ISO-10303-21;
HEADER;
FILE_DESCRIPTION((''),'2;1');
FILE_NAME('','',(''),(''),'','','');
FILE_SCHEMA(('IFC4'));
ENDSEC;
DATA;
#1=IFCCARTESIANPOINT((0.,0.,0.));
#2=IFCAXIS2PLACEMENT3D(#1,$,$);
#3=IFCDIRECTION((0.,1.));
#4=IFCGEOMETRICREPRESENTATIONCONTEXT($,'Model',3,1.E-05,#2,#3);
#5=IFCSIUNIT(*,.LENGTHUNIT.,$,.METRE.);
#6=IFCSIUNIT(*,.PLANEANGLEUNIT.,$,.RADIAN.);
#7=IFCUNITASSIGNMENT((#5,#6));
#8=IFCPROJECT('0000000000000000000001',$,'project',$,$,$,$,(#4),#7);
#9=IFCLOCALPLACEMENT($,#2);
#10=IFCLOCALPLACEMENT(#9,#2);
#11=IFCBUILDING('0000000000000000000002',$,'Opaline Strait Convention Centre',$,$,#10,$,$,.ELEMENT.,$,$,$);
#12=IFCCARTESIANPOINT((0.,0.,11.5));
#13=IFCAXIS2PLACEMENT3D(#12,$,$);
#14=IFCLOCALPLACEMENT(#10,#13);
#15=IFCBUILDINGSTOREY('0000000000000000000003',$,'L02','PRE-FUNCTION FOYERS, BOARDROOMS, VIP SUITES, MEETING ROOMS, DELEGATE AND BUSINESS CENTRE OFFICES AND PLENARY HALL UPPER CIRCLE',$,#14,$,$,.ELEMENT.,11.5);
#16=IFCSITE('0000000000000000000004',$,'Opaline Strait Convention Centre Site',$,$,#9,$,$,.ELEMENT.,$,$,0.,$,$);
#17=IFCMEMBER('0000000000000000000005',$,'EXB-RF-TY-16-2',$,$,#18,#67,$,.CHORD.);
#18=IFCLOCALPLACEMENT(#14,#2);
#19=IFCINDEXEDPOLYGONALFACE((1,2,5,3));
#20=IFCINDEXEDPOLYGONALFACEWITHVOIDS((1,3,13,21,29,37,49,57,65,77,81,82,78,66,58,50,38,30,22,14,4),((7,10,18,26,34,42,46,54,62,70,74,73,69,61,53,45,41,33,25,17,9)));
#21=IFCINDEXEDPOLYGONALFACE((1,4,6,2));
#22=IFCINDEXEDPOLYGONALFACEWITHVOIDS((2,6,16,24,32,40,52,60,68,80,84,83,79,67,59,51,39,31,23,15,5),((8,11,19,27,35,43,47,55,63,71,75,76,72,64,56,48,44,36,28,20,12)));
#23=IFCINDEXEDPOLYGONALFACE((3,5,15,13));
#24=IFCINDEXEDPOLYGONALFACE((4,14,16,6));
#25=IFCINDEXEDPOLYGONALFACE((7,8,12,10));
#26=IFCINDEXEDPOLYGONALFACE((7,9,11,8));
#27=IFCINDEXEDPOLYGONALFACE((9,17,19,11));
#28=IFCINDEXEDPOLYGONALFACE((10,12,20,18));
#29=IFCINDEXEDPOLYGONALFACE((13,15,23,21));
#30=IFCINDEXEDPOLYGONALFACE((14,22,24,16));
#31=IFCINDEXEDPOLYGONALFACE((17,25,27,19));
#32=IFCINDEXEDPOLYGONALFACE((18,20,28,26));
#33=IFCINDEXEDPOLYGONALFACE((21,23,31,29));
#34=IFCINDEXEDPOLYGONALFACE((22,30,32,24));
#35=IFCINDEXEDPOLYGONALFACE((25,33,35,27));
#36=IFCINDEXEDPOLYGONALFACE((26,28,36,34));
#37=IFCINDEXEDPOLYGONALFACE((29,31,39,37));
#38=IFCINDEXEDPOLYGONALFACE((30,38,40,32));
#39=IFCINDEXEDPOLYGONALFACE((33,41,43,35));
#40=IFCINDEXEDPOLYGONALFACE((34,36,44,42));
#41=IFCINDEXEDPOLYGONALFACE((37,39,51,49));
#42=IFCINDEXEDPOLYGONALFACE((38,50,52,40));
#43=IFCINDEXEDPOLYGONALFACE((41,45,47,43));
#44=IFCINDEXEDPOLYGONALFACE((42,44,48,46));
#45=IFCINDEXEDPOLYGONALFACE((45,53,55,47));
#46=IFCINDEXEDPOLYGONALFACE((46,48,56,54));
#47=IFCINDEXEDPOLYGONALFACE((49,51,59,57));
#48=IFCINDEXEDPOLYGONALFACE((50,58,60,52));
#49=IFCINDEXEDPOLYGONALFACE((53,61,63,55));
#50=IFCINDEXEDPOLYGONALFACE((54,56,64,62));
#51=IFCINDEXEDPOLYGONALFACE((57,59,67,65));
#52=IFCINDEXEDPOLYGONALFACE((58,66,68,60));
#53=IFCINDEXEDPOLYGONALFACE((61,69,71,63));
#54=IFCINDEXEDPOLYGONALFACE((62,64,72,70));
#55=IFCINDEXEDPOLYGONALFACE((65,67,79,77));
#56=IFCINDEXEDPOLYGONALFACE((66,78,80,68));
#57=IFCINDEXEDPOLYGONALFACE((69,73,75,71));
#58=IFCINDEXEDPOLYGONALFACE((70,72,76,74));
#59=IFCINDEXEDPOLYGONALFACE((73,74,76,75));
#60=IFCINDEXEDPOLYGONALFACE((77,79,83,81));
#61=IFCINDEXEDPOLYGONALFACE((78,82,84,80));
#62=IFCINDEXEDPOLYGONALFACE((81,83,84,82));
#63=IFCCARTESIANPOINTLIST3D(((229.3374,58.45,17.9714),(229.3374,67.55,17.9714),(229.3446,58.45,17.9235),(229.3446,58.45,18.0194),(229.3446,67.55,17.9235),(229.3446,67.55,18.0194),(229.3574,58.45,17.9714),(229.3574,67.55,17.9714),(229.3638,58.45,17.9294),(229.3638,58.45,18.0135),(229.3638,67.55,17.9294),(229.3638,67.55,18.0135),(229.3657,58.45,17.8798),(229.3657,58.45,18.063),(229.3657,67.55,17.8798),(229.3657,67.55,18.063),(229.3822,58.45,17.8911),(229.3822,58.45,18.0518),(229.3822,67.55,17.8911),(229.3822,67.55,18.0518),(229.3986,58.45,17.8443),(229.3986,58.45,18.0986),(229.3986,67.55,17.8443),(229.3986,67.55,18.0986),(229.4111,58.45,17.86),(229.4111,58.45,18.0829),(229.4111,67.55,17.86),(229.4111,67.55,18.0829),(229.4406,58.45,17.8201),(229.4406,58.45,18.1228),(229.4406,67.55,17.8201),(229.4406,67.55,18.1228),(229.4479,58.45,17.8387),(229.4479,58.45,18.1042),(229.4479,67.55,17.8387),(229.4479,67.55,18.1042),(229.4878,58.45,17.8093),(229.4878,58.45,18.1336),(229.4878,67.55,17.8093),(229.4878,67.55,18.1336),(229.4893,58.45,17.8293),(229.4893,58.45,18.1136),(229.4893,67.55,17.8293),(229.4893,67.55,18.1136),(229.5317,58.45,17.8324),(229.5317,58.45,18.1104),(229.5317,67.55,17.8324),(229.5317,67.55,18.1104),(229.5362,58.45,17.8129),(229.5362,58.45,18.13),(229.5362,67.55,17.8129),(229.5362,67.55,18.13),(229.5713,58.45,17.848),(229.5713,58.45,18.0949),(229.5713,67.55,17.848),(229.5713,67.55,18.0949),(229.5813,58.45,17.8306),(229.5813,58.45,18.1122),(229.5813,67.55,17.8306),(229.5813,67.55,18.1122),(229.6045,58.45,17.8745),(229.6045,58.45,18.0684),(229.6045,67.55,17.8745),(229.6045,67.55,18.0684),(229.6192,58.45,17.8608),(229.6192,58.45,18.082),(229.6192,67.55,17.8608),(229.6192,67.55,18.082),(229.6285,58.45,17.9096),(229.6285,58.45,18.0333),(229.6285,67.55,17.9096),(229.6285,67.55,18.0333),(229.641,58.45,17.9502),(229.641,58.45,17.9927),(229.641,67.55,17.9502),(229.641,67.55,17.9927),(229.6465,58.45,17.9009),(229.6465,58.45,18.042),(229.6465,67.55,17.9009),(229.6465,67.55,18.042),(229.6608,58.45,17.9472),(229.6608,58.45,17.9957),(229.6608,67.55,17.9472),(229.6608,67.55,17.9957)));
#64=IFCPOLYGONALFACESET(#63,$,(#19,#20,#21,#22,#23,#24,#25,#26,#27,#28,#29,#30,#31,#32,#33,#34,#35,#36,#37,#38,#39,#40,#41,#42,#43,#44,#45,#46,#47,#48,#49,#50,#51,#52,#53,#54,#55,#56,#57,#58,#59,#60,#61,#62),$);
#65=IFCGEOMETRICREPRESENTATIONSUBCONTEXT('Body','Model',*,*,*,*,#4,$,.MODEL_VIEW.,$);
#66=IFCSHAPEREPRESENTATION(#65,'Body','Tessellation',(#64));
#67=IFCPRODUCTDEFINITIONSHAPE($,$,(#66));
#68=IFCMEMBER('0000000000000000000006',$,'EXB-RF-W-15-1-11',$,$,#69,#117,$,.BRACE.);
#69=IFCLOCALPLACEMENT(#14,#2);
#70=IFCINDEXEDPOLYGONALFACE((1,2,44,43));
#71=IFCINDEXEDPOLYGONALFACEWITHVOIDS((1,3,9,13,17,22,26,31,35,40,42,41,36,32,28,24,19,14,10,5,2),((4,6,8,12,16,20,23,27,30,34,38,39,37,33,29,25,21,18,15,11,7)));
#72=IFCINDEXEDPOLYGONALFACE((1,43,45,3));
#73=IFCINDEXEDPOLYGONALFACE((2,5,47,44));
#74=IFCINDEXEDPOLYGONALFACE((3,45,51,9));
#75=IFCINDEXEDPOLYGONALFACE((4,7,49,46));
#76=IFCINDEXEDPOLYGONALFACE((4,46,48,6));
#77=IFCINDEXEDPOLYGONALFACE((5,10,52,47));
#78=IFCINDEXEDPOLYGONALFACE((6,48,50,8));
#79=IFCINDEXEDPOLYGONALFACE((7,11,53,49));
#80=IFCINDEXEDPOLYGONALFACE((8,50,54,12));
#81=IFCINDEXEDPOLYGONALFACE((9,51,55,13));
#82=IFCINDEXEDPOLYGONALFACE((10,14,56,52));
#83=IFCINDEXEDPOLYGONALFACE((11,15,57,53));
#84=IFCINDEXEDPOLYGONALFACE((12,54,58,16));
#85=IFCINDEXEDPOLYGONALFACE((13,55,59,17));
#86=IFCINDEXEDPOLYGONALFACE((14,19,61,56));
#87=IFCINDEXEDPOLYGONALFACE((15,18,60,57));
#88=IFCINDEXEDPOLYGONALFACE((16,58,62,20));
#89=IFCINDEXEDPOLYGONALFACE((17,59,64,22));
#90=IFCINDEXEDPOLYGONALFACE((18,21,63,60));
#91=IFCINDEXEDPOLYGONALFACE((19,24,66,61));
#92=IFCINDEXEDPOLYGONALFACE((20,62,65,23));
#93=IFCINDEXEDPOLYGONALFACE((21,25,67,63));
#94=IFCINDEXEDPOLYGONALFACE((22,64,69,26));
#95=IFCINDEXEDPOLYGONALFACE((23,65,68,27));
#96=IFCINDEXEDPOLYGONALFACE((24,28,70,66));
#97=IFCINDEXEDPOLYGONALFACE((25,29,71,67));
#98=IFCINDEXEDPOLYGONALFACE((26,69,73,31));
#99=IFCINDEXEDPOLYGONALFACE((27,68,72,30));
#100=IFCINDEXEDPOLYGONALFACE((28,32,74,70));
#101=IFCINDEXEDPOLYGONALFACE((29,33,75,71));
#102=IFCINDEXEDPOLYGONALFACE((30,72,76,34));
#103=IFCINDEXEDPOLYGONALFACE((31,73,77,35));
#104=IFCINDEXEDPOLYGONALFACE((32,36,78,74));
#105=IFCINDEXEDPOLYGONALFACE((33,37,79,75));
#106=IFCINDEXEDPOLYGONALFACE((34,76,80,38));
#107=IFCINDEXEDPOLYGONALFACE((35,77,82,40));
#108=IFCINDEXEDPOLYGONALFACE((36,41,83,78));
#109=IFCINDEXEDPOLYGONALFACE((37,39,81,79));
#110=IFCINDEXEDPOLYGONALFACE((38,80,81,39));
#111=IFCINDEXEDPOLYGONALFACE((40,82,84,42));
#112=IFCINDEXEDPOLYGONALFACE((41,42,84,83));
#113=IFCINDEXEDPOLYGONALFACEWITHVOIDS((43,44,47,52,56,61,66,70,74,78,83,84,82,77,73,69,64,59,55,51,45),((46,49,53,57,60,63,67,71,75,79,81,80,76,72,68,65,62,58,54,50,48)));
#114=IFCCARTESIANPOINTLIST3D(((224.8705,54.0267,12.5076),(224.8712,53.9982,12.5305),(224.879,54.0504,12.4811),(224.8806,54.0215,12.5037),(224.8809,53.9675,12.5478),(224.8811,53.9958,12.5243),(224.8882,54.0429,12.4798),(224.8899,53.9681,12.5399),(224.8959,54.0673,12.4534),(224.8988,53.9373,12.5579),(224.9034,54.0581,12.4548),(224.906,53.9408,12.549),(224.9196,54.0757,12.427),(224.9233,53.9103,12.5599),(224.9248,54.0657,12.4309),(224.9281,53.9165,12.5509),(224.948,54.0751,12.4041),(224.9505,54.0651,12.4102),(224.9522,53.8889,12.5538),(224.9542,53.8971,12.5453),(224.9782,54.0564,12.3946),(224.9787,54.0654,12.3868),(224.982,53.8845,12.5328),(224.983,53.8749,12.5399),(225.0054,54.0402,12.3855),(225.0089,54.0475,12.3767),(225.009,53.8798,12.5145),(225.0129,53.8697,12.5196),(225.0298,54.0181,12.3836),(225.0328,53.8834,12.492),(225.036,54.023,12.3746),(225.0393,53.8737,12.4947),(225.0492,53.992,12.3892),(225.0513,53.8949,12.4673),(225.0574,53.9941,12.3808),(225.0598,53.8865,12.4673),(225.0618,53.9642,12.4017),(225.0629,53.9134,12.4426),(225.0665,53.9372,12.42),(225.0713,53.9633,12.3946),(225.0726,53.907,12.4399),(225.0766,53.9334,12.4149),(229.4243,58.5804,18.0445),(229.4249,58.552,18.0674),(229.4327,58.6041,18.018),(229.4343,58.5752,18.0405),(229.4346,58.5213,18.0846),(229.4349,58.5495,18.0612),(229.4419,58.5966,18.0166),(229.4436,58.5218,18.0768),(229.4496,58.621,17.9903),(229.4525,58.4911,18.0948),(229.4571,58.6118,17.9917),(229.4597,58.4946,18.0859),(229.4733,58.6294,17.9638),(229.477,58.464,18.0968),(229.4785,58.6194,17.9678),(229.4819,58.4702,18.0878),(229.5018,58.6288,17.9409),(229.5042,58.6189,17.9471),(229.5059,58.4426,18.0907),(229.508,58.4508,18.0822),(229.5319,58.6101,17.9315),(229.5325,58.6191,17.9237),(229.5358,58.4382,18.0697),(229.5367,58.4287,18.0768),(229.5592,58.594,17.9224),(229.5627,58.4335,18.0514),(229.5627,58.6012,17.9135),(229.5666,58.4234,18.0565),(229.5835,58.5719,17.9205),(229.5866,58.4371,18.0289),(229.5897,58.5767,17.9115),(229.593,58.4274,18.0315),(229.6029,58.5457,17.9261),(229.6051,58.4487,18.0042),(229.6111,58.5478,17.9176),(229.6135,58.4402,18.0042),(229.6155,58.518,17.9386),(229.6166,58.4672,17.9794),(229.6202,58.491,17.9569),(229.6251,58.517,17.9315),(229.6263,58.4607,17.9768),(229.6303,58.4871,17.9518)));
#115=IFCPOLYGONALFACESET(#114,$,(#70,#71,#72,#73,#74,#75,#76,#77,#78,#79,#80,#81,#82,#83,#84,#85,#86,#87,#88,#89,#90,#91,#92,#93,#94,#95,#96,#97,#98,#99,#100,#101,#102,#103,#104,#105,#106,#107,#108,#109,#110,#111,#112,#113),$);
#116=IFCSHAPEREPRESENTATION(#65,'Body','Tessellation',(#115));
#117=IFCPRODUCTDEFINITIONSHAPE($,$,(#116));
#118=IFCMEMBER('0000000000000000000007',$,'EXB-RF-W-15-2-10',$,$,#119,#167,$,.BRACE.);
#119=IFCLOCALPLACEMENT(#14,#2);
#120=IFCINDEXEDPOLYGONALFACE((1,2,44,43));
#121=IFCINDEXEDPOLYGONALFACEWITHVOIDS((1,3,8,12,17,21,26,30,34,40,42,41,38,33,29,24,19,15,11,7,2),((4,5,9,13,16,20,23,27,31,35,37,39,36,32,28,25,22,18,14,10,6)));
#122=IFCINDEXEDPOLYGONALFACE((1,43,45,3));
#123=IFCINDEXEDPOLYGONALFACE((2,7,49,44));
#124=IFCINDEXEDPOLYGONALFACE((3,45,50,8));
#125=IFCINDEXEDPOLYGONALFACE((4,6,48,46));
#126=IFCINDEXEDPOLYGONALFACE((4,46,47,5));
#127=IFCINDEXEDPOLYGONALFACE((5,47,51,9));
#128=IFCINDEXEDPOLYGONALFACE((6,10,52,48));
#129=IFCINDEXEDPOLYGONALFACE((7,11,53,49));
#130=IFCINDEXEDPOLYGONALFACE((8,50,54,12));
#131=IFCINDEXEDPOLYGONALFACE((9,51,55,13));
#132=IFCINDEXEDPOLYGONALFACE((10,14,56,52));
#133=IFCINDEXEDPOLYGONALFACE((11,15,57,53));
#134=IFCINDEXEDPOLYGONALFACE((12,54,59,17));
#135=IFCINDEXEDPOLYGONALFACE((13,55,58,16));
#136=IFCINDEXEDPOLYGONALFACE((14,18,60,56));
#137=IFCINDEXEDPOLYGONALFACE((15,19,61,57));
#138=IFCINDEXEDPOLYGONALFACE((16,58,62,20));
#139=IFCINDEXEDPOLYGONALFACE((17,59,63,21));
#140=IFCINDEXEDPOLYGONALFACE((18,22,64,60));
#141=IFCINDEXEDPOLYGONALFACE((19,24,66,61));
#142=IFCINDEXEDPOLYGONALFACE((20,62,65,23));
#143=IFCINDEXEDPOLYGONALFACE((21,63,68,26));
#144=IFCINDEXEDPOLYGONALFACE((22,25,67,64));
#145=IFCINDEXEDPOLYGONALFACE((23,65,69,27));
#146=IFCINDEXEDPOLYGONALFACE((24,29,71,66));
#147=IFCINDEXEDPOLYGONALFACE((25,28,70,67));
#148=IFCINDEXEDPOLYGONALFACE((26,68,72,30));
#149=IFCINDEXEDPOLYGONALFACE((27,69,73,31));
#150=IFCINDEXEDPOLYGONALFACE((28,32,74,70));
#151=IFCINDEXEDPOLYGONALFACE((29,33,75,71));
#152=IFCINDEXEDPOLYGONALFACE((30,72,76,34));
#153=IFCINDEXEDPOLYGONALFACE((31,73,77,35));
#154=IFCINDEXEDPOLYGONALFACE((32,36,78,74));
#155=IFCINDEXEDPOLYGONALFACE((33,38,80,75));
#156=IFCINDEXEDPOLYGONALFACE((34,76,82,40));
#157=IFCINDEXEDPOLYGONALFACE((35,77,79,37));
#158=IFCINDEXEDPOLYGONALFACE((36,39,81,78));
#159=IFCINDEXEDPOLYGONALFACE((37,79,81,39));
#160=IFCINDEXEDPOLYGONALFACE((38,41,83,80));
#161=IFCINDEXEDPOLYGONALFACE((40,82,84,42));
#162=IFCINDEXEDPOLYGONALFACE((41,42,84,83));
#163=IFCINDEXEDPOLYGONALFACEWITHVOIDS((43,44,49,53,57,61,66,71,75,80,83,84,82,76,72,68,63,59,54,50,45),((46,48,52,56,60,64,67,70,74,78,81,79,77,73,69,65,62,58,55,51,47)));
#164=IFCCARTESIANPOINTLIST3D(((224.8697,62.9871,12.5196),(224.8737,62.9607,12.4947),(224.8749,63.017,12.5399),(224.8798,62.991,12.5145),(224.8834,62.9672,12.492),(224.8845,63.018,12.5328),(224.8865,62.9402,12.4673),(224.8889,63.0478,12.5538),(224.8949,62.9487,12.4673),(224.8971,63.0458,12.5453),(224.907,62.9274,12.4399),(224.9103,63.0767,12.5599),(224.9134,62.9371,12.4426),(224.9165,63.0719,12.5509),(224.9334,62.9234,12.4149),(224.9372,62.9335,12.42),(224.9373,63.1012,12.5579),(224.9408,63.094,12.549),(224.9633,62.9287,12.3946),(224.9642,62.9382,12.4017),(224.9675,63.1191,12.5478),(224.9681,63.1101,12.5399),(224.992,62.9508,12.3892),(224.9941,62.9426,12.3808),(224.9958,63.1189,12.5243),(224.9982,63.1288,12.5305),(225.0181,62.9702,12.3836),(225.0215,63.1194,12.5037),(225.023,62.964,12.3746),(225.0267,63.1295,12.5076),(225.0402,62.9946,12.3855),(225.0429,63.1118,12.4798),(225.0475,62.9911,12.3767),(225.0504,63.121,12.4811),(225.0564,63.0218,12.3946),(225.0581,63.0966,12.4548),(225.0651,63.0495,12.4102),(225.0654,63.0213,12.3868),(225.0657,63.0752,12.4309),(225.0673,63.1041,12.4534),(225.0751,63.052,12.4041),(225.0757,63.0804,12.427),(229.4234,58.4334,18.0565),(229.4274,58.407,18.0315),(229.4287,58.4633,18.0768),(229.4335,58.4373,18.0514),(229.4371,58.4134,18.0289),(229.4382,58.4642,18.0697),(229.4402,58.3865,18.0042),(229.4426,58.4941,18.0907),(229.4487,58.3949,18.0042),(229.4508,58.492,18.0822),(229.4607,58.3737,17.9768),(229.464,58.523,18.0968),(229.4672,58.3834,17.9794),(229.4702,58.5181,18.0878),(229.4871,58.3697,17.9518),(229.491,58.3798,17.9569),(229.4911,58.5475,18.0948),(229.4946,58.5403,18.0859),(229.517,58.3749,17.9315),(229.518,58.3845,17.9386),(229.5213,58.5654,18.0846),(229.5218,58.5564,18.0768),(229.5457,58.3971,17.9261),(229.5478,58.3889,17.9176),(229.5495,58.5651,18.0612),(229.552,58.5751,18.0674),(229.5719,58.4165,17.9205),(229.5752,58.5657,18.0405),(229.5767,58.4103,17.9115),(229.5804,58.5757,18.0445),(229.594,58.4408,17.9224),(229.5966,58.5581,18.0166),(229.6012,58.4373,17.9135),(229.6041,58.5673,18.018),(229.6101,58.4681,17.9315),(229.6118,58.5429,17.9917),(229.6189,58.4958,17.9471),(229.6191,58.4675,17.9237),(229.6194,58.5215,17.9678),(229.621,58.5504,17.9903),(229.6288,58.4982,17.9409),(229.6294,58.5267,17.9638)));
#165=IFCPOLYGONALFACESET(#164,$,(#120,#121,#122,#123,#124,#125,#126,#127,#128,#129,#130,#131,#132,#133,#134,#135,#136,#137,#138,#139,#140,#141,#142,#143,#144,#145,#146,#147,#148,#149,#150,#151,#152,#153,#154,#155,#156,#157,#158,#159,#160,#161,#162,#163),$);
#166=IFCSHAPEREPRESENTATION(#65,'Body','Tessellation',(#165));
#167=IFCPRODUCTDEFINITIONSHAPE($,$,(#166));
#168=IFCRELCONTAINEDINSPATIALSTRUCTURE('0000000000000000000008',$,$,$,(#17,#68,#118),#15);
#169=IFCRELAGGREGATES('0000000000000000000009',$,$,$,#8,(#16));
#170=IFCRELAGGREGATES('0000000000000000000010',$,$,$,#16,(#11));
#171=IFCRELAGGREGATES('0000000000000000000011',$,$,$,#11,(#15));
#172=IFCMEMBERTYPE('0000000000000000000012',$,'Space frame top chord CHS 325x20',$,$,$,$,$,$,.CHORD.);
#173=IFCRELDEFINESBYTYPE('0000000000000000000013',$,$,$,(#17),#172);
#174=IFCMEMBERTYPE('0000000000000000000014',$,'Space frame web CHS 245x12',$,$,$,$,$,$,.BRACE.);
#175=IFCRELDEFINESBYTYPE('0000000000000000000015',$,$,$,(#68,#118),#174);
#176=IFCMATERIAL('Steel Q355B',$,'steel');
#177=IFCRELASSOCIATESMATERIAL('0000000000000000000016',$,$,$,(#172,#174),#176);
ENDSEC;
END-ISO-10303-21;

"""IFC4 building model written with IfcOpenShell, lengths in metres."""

from ifc_helpers import new_model, si_unit, direction, frame, origin, origin_2d, place, context, subcontext, project, spatial, hollow_circle, extrude, material, material_profile, profile_set, type_object, element, save


model = new_model("IFC4")

# Units and contexts
model_context = context("Model", 3, precision=1e-05, world=origin(), true_north=direction((0.0, 1.0)))
body_context = subcontext(model_context, "Body", "Model", "MODEL_VIEW")
ifc_project = project(units=[si_unit("LENGTHUNIT", "METRE"), si_unit("PLANEANGLEUNIT", "RADIAN")], contexts=[model_context])

# Site, building, storey
site_placement = place(None, origin())
site = spatial("IfcSite", under=ifc_project, at=site_placement, Name="Opaline Strait Convention Centre Site", CompositionType="ELEMENT", RefElevation=0.0)
building_placement = place(site_placement, origin())
building = spatial("IfcBuilding", under=site, at=building_placement, Name="Opaline Strait Convention Centre", CompositionType="ELEMENT")
storey_placement = place(building_placement, frame((0.0, 0.0, 11.5)))
storey = spatial("IfcBuildingStorey", under=building, at=storey_placement, Name="L02", Description="PRE-FUNCTION FOYERS, BOARDROOMS, VIP SUITES, MEETING ROOMS, DELEGATE AND BUSINESS CENTRE OFFICES AND PLENARY HALL UPPER CIRCLE", CompositionType="ELEMENT", Elevation=11.5)

# Members
ifc_material_1 = material(Name="Steel Q355B", Category="steel")
ifc_material_profile_1 = material_profile(ifc_material_1, hollow_circle(Radius=0.1626, WallThickness=0.02, at=origin_2d()), Name="CHS 325x20")
ifc_profile_set_1 = profile_set([ifc_material_profile_1], Name="Steel Q355B")
member_type_1 = type_object("IfcMemberType", Name="Space frame top chord CHS 325x20", PredefinedType="CHORD", material=ifc_profile_set_1)
for number, where, z_axis, x_axis, name in (
    (1, (229.5, 58.45, 17.9714), (0.0, 1.0, 0.0), (-1.0, 0.0, 0.0), "EXB-RF-TY-16-2"),
):
    element("IfcMember", number, at=place(storey_placement, frame(where, z_axis=z_axis, x_axis=x_axis)), inside=storey, type_object=member_type_1, Name=name, PredefinedType="CHORD", context=body_context, shape_type="SweptSolid", body=[
        extrude(hollow_circle(Radius=0.1626, WallThickness=0.02, at=origin_2d()), origin(), (0.0, 0.0, 1.0), 9.1001),
    ])
ifc_material_profile_2 = material_profile(ifc_material_1, hollow_circle(Radius=0.1226, WallThickness=0.012, at=origin_2d()), Name="CHS 245x12")
ifc_profile_set_2 = profile_set([ifc_material_profile_2], Name="Steel Q355B")
member_type_2 = type_object("IfcMemberType", Name="Space frame web CHS 245x12", PredefinedType="BRACE", material=ifc_profile_set_2)
for number, where, z_axis, x_axis, name in (
    (2, (229.5269, 58.5269, 18.0042), (-0.536178, -0.536178, -0.65194), (0.707107, -0.707107, 0.0), "EXB-RF-W-15-1-11"),
    (3, (229.5269, 58.4731, 18.0042), (-0.536178, 0.536178, -0.65194), (-0.707107, -0.707107, 0.0), "EXB-RF-W-15-2-10"),
):
    element("IfcMember", number, at=place(storey_placement, frame(where, z_axis=z_axis, x_axis=x_axis)), inside=storey, type_object=member_type_2, Name=name, PredefinedType="BRACE", context=body_context, shape_type="SweptSolid", body=[
        extrude(hollow_circle(Radius=0.1226, WallThickness=0.012, at=origin_2d()), origin(), (0.0, 0.0, 1.0), 8.4929),
    ])

save(model, "model.ifc")
